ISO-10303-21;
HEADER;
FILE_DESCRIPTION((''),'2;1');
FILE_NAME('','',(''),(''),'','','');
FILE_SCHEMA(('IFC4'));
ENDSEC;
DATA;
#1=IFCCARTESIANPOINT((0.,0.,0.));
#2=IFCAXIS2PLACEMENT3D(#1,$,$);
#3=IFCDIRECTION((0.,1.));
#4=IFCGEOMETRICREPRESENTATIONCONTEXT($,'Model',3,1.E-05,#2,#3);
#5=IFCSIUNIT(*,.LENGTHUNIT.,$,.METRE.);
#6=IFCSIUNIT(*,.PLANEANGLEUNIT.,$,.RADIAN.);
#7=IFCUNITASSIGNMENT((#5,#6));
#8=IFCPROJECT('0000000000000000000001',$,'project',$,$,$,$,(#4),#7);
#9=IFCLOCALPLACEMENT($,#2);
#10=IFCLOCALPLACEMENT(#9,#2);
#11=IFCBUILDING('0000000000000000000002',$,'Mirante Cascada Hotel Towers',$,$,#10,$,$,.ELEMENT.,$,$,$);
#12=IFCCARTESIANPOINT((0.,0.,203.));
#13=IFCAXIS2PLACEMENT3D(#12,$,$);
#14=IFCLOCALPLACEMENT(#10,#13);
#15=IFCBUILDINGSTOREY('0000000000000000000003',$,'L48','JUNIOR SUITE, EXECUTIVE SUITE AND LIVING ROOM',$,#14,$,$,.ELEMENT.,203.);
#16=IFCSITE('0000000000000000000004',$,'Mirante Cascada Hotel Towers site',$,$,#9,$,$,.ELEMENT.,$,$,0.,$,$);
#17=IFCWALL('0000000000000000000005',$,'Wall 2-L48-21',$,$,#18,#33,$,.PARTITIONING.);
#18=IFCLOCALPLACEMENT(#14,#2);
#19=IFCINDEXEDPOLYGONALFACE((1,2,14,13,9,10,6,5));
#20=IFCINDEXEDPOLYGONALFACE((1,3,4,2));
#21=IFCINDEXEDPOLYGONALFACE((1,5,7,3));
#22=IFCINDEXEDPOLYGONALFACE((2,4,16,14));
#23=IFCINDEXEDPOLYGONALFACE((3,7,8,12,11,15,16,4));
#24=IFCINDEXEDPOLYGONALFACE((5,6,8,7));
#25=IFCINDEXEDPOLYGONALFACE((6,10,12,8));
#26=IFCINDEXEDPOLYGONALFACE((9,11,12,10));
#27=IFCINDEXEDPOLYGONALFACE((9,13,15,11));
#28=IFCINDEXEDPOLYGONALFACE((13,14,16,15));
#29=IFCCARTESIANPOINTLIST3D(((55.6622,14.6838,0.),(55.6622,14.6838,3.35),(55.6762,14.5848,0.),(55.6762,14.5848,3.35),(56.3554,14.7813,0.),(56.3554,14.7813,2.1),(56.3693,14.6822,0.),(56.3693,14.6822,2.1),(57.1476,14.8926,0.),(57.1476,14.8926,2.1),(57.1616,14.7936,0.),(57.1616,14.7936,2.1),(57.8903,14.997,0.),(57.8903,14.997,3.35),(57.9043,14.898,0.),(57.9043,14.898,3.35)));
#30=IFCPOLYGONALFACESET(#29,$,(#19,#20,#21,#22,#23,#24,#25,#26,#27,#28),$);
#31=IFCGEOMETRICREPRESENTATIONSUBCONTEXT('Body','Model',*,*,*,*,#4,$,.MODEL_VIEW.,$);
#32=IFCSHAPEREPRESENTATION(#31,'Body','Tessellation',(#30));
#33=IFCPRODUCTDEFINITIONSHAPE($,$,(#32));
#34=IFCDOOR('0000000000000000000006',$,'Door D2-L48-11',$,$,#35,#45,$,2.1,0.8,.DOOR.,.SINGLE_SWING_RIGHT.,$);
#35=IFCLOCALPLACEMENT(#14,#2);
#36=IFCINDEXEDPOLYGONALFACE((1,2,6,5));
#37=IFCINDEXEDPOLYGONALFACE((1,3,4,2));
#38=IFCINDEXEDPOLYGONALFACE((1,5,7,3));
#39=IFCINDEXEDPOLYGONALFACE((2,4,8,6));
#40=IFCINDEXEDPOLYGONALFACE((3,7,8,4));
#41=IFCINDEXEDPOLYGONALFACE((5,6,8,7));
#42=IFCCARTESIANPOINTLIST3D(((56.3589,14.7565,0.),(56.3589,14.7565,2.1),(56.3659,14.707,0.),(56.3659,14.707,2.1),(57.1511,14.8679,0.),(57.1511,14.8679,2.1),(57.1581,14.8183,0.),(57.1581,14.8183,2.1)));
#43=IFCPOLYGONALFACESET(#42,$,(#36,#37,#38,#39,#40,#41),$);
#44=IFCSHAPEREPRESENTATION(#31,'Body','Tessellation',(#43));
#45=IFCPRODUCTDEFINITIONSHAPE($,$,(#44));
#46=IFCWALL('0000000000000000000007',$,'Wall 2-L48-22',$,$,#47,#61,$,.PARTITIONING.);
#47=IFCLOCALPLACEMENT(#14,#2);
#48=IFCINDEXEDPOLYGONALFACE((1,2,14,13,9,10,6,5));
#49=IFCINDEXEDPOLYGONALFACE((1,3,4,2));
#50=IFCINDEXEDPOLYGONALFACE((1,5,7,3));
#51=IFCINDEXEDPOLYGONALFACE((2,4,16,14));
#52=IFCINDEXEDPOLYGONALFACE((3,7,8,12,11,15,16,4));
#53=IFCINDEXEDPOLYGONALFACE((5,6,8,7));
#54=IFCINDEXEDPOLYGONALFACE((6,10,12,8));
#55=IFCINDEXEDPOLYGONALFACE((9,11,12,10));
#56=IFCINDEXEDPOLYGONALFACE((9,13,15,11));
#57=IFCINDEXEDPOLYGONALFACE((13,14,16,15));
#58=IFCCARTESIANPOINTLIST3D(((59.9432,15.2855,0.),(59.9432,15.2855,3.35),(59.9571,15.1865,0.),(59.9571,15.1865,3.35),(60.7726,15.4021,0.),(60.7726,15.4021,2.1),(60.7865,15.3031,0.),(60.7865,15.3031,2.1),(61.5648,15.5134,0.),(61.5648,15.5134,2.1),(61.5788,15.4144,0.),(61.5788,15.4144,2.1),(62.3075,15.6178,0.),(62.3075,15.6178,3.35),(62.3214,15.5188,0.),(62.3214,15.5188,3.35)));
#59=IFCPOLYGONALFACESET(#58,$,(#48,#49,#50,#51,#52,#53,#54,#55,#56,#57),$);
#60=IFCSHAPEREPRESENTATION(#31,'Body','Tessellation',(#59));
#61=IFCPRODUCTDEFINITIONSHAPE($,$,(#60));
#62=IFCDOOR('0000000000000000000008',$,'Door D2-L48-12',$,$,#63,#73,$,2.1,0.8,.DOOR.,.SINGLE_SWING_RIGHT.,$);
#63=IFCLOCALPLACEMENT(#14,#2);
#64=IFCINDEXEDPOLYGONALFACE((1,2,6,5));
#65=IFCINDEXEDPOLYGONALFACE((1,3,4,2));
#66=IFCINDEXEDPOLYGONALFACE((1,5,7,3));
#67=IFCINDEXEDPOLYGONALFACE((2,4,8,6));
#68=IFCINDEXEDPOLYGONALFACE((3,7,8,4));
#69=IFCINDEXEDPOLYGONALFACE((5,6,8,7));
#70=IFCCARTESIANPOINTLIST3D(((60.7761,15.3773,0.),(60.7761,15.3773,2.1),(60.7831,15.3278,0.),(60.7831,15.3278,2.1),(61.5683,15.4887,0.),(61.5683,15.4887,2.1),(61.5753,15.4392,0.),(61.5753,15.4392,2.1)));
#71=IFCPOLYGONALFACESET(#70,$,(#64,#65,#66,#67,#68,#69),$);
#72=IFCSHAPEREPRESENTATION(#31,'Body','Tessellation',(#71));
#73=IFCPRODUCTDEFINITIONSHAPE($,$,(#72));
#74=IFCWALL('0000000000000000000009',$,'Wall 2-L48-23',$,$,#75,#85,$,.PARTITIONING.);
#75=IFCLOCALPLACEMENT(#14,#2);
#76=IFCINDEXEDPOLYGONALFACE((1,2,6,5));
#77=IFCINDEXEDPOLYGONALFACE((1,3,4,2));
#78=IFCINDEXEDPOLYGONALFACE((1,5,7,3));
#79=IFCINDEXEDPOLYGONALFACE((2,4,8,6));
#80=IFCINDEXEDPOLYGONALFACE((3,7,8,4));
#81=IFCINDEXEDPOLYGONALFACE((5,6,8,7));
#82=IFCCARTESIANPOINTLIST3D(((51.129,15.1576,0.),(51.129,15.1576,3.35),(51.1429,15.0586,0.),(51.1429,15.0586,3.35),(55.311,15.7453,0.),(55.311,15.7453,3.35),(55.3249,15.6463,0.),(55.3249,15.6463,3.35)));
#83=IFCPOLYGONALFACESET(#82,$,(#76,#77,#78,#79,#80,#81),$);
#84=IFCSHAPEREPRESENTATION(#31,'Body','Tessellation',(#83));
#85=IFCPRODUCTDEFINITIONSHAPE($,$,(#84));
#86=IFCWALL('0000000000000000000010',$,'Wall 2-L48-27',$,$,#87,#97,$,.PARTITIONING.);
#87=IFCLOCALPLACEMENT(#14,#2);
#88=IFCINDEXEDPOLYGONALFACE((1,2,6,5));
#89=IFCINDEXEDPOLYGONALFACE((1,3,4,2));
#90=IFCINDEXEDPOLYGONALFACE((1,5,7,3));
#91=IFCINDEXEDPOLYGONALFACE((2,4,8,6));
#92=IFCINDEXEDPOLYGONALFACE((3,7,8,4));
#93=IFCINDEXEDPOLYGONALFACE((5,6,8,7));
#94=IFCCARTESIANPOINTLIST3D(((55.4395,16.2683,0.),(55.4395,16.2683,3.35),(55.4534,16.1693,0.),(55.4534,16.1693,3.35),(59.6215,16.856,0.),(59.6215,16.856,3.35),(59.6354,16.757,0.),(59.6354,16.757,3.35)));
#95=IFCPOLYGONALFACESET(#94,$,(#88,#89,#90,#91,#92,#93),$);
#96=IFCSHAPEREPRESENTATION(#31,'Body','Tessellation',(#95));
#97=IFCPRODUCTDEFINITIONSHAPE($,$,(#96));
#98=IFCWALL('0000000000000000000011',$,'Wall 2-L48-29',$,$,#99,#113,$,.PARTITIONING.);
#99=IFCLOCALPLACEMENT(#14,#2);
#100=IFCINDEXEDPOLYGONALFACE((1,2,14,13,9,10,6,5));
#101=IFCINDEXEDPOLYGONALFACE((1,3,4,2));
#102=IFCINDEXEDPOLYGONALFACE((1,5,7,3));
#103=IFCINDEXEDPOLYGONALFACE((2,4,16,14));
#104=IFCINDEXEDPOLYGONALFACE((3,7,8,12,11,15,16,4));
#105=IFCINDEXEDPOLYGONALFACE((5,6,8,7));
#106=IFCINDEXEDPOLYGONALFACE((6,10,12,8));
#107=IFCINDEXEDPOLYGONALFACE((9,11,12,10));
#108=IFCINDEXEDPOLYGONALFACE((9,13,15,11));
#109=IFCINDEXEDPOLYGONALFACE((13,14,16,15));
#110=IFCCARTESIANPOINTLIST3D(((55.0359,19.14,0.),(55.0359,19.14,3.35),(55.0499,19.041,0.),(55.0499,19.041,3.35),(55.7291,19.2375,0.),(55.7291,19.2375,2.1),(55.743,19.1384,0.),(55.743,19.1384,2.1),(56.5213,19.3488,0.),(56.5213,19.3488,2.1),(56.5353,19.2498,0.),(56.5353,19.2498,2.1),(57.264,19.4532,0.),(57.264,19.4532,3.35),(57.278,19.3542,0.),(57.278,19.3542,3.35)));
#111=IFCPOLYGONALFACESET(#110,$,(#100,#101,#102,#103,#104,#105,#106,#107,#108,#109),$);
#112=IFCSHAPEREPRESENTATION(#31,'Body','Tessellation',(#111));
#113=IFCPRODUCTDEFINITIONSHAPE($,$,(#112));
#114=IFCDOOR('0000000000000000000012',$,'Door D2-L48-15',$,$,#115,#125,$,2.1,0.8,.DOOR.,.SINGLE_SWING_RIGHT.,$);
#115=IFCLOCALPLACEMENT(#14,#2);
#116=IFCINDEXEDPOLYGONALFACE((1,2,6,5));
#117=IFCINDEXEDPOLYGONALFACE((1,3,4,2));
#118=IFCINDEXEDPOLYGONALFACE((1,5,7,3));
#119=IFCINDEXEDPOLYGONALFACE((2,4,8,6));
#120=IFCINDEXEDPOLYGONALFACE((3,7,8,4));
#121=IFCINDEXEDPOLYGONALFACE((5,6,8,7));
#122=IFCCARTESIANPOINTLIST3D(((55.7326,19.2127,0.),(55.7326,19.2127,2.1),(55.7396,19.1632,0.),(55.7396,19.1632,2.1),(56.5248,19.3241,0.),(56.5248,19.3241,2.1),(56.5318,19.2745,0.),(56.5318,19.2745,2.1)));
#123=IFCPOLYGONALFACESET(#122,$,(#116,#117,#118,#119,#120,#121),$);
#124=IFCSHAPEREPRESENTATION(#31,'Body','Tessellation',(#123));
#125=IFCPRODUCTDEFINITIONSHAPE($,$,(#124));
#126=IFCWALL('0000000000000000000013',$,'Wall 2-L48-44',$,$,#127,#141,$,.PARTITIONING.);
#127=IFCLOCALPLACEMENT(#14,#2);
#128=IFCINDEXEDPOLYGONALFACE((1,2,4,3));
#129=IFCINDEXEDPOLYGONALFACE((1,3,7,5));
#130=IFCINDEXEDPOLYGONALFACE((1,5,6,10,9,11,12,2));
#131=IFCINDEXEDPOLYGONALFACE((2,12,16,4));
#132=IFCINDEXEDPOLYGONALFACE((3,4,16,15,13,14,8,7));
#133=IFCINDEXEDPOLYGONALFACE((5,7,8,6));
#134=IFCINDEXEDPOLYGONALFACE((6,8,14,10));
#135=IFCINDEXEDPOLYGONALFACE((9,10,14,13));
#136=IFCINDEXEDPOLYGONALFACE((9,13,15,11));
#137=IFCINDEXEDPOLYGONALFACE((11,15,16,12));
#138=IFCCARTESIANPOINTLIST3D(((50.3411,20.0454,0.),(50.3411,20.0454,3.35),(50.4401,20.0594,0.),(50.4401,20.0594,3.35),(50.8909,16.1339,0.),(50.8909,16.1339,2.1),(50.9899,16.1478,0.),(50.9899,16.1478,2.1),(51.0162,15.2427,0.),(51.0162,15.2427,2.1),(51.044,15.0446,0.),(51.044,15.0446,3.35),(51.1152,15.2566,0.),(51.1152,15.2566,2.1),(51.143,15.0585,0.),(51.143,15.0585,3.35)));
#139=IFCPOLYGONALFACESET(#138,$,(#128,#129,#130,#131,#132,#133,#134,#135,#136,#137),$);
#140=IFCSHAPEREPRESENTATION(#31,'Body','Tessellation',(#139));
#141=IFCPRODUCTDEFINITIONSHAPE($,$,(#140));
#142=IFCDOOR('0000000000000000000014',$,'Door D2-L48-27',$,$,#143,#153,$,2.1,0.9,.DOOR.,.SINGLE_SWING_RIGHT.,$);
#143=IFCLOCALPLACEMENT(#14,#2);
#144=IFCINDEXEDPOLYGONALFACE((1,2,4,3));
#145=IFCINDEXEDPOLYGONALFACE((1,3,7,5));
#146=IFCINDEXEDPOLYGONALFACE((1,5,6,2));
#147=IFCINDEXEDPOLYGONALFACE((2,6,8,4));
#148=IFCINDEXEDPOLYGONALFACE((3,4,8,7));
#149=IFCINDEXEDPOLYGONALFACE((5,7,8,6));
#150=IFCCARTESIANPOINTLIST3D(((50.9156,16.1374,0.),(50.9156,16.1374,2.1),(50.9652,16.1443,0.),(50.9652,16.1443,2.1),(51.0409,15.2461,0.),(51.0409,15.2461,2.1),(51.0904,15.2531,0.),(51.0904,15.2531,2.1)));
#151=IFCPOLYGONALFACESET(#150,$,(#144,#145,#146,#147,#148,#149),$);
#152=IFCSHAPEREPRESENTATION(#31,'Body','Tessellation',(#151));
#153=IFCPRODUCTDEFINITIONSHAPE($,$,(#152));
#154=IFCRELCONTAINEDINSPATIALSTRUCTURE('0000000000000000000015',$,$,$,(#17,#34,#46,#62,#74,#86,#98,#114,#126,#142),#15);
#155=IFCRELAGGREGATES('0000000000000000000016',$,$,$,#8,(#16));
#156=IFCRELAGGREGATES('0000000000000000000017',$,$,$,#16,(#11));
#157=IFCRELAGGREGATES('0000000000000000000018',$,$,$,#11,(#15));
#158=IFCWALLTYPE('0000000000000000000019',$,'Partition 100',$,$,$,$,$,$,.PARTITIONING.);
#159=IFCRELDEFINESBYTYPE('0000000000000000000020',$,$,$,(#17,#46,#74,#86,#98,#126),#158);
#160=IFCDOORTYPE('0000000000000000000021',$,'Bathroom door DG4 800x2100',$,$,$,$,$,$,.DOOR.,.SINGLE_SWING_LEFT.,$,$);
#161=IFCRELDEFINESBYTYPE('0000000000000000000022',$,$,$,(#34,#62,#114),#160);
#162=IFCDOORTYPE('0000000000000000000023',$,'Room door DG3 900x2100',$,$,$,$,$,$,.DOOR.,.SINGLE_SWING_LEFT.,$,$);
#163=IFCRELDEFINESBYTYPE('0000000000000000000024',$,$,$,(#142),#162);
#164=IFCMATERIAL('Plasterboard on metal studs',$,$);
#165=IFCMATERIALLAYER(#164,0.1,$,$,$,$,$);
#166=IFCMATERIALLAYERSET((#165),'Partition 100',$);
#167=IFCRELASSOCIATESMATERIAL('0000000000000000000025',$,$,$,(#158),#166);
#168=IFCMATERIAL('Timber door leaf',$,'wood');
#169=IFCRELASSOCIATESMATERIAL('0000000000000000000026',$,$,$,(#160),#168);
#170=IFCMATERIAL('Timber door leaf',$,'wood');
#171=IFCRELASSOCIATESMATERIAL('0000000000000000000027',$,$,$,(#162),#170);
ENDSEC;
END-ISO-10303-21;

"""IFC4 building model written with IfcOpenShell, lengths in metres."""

from ifc_helpers import new_model, si_unit, direction, frame, frame_2d, origin, place, context, subcontext, project, spatial, rectangle, extrude, material, layer, layer_set, type_object, element, fill, save


model = new_model("IFC4")

# Units and contexts
model_context = context("Model", 3, precision=1e-05, world=origin(), true_north=direction((0.0, 1.0)))
body_context = subcontext(model_context, "Body", "Model", "MODEL_VIEW")
ifc_project = project(units=[si_unit("LENGTHUNIT", "METRE"), si_unit("PLANEANGLEUNIT", "RADIAN")], contexts=[model_context])

# Site, building, storey
site_placement = place(None, origin())
site = spatial("IfcSite", under=ifc_project, at=site_placement, Name="Mirante Cascada Hotel Towers site", CompositionType="ELEMENT", RefElevation=0.0)
building_placement = place(site_placement, origin())
building = spatial("IfcBuilding", under=site, at=building_placement, Name="Mirante Cascada Hotel Towers", CompositionType="ELEMENT")
storey_placement = place(building_placement, frame((0.0, 0.0, 203.0)))
storey = spatial("IfcBuildingStorey", under=building, at=storey_placement, Name="L48", Description="JUNIOR SUITE, EXECUTIVE SUITE AND LIVING ROOM", CompositionType="ELEMENT", Elevation=203.0)

# Walls, openings, doors
ifc_material_1 = material(Name="Plasterboard on metal studs")
ifc_layer_1 = layer(ifc_material_1, 0.1)
ifc_layer_set_1 = layer_set([ifc_layer_1], Name="Partition 100")
wall_type_1 = type_object("IfcWallType", Name="Partition 100", PredefinedType="PARTITIONING", material=ifc_layer_set_1)
wall_1_placement = place(storey_placement, frame((55.6692, 14.6343, 0.0), z_axis=(0.0, 0.0, 1.0), x_axis=(0.990264, 0.1392, 0.0)))
wall_1 = element("IfcWall", 1, at=wall_1_placement, inside=storey, type_object=wall_type_1, Name="Wall 2-L48-21", PredefinedType="PARTITIONING", context=body_context, shape_type="SweptSolid", body=[
    extrude(rectangle(XDim=2.25, YDim=0.1, at=frame_2d((1.125, 0.0))), origin(), (0.0, 0.0, 1.0), 3.35),
])
opening_1_placement = place(wall_1_placement, frame((0.7, 0.0, 0.0)))
opening_1 = element("IfcOpeningElement", 2, at=opening_1_placement, cuts=wall_1, PredefinedType="OPENING", context=body_context, shape_type="SweptSolid", body=[
    extrude(rectangle(XDim=0.8, YDim=2.1, at=frame_2d((0.4, 1.05))), frame((0.0, 0.05, 0.0), z_axis=(0.0, -1.0, 0.0), x_axis=(1.0, 0.0, 0.0)), (0.0, 0.0, 1.0), 0.1),
])
ifc_material_2 = material(Name="Timber door leaf", Category="wood")
door_type_1 = type_object("IfcDoorType", Name="Bathroom door DG4 800x2100", OperationType="SINGLE_SWING_LEFT", PredefinedType="DOOR", material=ifc_material_2)
door_1_placement = place(opening_1_placement, frame((0.8, 0.0, 0.0), z_axis=(0.0, 0.0, 1.0), x_axis=(-1.0, 0.0, 0.0)))
door_1 = element("IfcDoor", 3, at=door_1_placement, inside=storey, type_object=door_type_1, Name="Door D2-L48-11", OperationType="SINGLE_SWING_RIGHT", OverallHeight=2.1, OverallWidth=0.8, PredefinedType="DOOR", context=body_context, shape_type="SweptSolid", body=[
    extrude(rectangle(XDim=0.8, YDim=2.1, at=frame_2d((0.4, 1.05))), frame((0.0, 0.025, 0.0), z_axis=(0.0, -1.0, 0.0), x_axis=(1.0, 0.0, 0.0)), (0.0, 0.0, 1.0), 0.05),
])
fill(opening_1, door_1)
wall_2_placement = place(storey_placement, frame((62.3145, 15.5683, 0.0), z_axis=(0.0, 0.0, 1.0), x_axis=(-0.990267, -0.139181, 0.0)))
wall_2 = element("IfcWall", 4, at=wall_2_placement, inside=storey, type_object=wall_type_1, Name="Wall 2-L48-22", PredefinedType="PARTITIONING", context=body_context, shape_type="SweptSolid", body=[
    extrude(rectangle(XDim=2.3875, YDim=0.1, at=frame_2d((1.1938, 0.0))), origin(), (0.0, 0.0, 1.0), 3.35),
])
opening_2_placement = place(wall_2_placement, frame((0.75, 0.0, 0.0)))
opening_2 = element("IfcOpeningElement", 5, at=opening_2_placement, cuts=wall_2, PredefinedType="OPENING", context=body_context, shape_type="SweptSolid", body=[
    extrude(rectangle(XDim=0.8, YDim=2.1, at=frame_2d((0.4, 1.05))), frame((0.0, 0.05, 0.0), z_axis=(0.0, -1.0, 0.0), x_axis=(1.0, 0.0, 0.0)), (0.0, 0.0, 1.0), 0.1),
])
door_2_placement = place(opening_2_placement, frame((0.8, 0.0, 0.0), z_axis=(0.0, 0.0, 1.0), x_axis=(-1.0, 0.0, 0.0)))
door_2 = element("IfcDoor", 6, at=door_2_placement, inside=storey, type_object=door_type_1, Name="Door D2-L48-12", OperationType="SINGLE_SWING_RIGHT", OverallHeight=2.1, OverallWidth=0.8, PredefinedType="DOOR", context=body_context, shape_type="SweptSolid", body=[
    extrude(rectangle(XDim=0.8, YDim=2.1, at=frame_2d((0.4, 1.05))), frame((0.0, 0.025, 0.0), z_axis=(0.0, -1.0, 0.0), x_axis=(1.0, 0.0, 0.0)), (0.0, 0.0, 1.0), 0.05),
])
fill(opening_2, door_2)

# Walls
for number, where, z_axis, x_axis, name in (
    (7, (51.136, 15.1081, 0.0), (0.0, 0.0, 1.0), (0.990269, 0.139163, 0.0), "Wall 2-L48-23"),
    (8, (55.4465, 16.2188, 0.0), (0.0, 0.0, 1.0), (0.990269, 0.139163, 0.0), "Wall 2-L48-27"),
):
    element("IfcWall", number, at=place(storey_placement, frame(where, z_axis=z_axis, x_axis=x_axis)), inside=storey, type_object=wall_type_1, Name=name, PredefinedType="PARTITIONING", context=body_context, shape_type="SweptSolid", body=[
        extrude(rectangle(XDim=4.2231, YDim=0.1, at=frame_2d((2.1115, 0.0))), origin(), (0.0, 0.0, 1.0), 3.35),
    ])

# Walls, openings, doors
wall_3_placement = place(storey_placement, frame((55.0429, 19.0905, 0.0), z_axis=(0.0, 0.0, 1.0), x_axis=(0.990264, 0.1392, 0.0)))
wall_3 = element("IfcWall", 9, at=wall_3_placement, inside=storey, type_object=wall_type_1, Name="Wall 2-L48-29", PredefinedType="PARTITIONING", context=body_context, shape_type="SweptSolid", body=[
    extrude(rectangle(XDim=2.25, YDim=0.1, at=frame_2d((1.125, 0.0))), origin(), (0.0, 0.0, 1.0), 3.35),
])
opening_3_placement = place(wall_3_placement, frame((0.7, 0.0, 0.0)))
opening_3 = element("IfcOpeningElement", 10, at=opening_3_placement, cuts=wall_3, PredefinedType="OPENING", context=body_context, shape_type="SweptSolid", body=[
    extrude(rectangle(XDim=0.8, YDim=2.1, at=frame_2d((0.4, 1.05))), frame((0.0, 0.05, 0.0), z_axis=(0.0, -1.0, 0.0), x_axis=(1.0, 0.0, 0.0)), (0.0, 0.0, 1.0), 0.1),
])
door_3_placement = place(opening_3_placement, frame((0.8, 0.0, 0.0), z_axis=(0.0, 0.0, 1.0), x_axis=(-1.0, 0.0, 0.0)))
door_3 = element("IfcDoor", 11, at=door_3_placement, inside=storey, type_object=door_type_1, Name="Door D2-L48-15", OperationType="SINGLE_SWING_RIGHT", OverallHeight=2.1, OverallWidth=0.8, PredefinedType="DOOR", context=body_context, shape_type="SweptSolid", body=[
    extrude(rectangle(XDim=0.8, YDim=2.1, at=frame_2d((0.4, 1.05))), frame((0.0, 0.025, 0.0), z_axis=(0.0, -1.0, 0.0), x_axis=(1.0, 0.0, 0.0)), (0.0, 0.0, 1.0), 0.05),
])
fill(opening_3, door_3)
wall_4_placement = place(storey_placement, frame((50.3906, 20.0524, 0.0), z_axis=(0.0, 0.0, 1.0), x_axis=(0.139189, -0.990266, 0.0)))
wall_4 = element("IfcWall", 12, at=wall_4_placement, inside=storey, type_object=wall_type_1, Name="Wall 2-L48-44", PredefinedType="PARTITIONING", context=body_context, shape_type="SweptSolid", body=[
    extrude(rectangle(XDim=5.05, YDim=0.1, at=frame_2d((2.525, 0.0))), origin(), (0.0, 0.0, 1.0), 3.35),
])
opening_4_placement = place(wall_4_placement, frame((3.95, 0.0, 0.0)))
opening_4 = element("IfcOpeningElement", 13, at=opening_4_placement, cuts=wall_4, PredefinedType="OPENING", context=body_context, shape_type="SweptSolid", body=[
    extrude(rectangle(XDim=0.9, YDim=2.1, at=frame_2d((0.45, 1.05))), frame((0.0, 0.05, 0.0), z_axis=(0.0, -1.0, 0.0), x_axis=(1.0, 0.0, 0.0)), (0.0, 0.0, 1.0), 0.1),
])
ifc_material_3 = material(Name="Timber door leaf", Category="wood")
door_type_2 = type_object("IfcDoorType", Name="Room door DG3 900x2100", OperationType="SINGLE_SWING_LEFT", PredefinedType="DOOR", material=ifc_material_3)
door_4_placement = place(opening_4_placement, frame((0.9, 0.0, 0.0), z_axis=(0.0, 0.0, 1.0), x_axis=(-1.0, 0.0, 0.0)))
door_4 = element("IfcDoor", 14, at=door_4_placement, inside=storey, type_object=door_type_2, Name="Door D2-L48-27", OperationType="SINGLE_SWING_RIGHT", OverallHeight=2.1, OverallWidth=0.9, PredefinedType="DOOR", context=body_context, shape_type="SweptSolid", body=[
    extrude(rectangle(XDim=0.9, YDim=2.1, at=frame_2d((0.45, 1.05))), frame((0.0, 0.025, 0.0), z_axis=(0.0, -1.0, 0.0), x_axis=(1.0, 0.0, 0.0)), (0.0, 0.0, 1.0), 0.05),
])
fill(opening_4, door_4)

save(model, "model.ifc")
